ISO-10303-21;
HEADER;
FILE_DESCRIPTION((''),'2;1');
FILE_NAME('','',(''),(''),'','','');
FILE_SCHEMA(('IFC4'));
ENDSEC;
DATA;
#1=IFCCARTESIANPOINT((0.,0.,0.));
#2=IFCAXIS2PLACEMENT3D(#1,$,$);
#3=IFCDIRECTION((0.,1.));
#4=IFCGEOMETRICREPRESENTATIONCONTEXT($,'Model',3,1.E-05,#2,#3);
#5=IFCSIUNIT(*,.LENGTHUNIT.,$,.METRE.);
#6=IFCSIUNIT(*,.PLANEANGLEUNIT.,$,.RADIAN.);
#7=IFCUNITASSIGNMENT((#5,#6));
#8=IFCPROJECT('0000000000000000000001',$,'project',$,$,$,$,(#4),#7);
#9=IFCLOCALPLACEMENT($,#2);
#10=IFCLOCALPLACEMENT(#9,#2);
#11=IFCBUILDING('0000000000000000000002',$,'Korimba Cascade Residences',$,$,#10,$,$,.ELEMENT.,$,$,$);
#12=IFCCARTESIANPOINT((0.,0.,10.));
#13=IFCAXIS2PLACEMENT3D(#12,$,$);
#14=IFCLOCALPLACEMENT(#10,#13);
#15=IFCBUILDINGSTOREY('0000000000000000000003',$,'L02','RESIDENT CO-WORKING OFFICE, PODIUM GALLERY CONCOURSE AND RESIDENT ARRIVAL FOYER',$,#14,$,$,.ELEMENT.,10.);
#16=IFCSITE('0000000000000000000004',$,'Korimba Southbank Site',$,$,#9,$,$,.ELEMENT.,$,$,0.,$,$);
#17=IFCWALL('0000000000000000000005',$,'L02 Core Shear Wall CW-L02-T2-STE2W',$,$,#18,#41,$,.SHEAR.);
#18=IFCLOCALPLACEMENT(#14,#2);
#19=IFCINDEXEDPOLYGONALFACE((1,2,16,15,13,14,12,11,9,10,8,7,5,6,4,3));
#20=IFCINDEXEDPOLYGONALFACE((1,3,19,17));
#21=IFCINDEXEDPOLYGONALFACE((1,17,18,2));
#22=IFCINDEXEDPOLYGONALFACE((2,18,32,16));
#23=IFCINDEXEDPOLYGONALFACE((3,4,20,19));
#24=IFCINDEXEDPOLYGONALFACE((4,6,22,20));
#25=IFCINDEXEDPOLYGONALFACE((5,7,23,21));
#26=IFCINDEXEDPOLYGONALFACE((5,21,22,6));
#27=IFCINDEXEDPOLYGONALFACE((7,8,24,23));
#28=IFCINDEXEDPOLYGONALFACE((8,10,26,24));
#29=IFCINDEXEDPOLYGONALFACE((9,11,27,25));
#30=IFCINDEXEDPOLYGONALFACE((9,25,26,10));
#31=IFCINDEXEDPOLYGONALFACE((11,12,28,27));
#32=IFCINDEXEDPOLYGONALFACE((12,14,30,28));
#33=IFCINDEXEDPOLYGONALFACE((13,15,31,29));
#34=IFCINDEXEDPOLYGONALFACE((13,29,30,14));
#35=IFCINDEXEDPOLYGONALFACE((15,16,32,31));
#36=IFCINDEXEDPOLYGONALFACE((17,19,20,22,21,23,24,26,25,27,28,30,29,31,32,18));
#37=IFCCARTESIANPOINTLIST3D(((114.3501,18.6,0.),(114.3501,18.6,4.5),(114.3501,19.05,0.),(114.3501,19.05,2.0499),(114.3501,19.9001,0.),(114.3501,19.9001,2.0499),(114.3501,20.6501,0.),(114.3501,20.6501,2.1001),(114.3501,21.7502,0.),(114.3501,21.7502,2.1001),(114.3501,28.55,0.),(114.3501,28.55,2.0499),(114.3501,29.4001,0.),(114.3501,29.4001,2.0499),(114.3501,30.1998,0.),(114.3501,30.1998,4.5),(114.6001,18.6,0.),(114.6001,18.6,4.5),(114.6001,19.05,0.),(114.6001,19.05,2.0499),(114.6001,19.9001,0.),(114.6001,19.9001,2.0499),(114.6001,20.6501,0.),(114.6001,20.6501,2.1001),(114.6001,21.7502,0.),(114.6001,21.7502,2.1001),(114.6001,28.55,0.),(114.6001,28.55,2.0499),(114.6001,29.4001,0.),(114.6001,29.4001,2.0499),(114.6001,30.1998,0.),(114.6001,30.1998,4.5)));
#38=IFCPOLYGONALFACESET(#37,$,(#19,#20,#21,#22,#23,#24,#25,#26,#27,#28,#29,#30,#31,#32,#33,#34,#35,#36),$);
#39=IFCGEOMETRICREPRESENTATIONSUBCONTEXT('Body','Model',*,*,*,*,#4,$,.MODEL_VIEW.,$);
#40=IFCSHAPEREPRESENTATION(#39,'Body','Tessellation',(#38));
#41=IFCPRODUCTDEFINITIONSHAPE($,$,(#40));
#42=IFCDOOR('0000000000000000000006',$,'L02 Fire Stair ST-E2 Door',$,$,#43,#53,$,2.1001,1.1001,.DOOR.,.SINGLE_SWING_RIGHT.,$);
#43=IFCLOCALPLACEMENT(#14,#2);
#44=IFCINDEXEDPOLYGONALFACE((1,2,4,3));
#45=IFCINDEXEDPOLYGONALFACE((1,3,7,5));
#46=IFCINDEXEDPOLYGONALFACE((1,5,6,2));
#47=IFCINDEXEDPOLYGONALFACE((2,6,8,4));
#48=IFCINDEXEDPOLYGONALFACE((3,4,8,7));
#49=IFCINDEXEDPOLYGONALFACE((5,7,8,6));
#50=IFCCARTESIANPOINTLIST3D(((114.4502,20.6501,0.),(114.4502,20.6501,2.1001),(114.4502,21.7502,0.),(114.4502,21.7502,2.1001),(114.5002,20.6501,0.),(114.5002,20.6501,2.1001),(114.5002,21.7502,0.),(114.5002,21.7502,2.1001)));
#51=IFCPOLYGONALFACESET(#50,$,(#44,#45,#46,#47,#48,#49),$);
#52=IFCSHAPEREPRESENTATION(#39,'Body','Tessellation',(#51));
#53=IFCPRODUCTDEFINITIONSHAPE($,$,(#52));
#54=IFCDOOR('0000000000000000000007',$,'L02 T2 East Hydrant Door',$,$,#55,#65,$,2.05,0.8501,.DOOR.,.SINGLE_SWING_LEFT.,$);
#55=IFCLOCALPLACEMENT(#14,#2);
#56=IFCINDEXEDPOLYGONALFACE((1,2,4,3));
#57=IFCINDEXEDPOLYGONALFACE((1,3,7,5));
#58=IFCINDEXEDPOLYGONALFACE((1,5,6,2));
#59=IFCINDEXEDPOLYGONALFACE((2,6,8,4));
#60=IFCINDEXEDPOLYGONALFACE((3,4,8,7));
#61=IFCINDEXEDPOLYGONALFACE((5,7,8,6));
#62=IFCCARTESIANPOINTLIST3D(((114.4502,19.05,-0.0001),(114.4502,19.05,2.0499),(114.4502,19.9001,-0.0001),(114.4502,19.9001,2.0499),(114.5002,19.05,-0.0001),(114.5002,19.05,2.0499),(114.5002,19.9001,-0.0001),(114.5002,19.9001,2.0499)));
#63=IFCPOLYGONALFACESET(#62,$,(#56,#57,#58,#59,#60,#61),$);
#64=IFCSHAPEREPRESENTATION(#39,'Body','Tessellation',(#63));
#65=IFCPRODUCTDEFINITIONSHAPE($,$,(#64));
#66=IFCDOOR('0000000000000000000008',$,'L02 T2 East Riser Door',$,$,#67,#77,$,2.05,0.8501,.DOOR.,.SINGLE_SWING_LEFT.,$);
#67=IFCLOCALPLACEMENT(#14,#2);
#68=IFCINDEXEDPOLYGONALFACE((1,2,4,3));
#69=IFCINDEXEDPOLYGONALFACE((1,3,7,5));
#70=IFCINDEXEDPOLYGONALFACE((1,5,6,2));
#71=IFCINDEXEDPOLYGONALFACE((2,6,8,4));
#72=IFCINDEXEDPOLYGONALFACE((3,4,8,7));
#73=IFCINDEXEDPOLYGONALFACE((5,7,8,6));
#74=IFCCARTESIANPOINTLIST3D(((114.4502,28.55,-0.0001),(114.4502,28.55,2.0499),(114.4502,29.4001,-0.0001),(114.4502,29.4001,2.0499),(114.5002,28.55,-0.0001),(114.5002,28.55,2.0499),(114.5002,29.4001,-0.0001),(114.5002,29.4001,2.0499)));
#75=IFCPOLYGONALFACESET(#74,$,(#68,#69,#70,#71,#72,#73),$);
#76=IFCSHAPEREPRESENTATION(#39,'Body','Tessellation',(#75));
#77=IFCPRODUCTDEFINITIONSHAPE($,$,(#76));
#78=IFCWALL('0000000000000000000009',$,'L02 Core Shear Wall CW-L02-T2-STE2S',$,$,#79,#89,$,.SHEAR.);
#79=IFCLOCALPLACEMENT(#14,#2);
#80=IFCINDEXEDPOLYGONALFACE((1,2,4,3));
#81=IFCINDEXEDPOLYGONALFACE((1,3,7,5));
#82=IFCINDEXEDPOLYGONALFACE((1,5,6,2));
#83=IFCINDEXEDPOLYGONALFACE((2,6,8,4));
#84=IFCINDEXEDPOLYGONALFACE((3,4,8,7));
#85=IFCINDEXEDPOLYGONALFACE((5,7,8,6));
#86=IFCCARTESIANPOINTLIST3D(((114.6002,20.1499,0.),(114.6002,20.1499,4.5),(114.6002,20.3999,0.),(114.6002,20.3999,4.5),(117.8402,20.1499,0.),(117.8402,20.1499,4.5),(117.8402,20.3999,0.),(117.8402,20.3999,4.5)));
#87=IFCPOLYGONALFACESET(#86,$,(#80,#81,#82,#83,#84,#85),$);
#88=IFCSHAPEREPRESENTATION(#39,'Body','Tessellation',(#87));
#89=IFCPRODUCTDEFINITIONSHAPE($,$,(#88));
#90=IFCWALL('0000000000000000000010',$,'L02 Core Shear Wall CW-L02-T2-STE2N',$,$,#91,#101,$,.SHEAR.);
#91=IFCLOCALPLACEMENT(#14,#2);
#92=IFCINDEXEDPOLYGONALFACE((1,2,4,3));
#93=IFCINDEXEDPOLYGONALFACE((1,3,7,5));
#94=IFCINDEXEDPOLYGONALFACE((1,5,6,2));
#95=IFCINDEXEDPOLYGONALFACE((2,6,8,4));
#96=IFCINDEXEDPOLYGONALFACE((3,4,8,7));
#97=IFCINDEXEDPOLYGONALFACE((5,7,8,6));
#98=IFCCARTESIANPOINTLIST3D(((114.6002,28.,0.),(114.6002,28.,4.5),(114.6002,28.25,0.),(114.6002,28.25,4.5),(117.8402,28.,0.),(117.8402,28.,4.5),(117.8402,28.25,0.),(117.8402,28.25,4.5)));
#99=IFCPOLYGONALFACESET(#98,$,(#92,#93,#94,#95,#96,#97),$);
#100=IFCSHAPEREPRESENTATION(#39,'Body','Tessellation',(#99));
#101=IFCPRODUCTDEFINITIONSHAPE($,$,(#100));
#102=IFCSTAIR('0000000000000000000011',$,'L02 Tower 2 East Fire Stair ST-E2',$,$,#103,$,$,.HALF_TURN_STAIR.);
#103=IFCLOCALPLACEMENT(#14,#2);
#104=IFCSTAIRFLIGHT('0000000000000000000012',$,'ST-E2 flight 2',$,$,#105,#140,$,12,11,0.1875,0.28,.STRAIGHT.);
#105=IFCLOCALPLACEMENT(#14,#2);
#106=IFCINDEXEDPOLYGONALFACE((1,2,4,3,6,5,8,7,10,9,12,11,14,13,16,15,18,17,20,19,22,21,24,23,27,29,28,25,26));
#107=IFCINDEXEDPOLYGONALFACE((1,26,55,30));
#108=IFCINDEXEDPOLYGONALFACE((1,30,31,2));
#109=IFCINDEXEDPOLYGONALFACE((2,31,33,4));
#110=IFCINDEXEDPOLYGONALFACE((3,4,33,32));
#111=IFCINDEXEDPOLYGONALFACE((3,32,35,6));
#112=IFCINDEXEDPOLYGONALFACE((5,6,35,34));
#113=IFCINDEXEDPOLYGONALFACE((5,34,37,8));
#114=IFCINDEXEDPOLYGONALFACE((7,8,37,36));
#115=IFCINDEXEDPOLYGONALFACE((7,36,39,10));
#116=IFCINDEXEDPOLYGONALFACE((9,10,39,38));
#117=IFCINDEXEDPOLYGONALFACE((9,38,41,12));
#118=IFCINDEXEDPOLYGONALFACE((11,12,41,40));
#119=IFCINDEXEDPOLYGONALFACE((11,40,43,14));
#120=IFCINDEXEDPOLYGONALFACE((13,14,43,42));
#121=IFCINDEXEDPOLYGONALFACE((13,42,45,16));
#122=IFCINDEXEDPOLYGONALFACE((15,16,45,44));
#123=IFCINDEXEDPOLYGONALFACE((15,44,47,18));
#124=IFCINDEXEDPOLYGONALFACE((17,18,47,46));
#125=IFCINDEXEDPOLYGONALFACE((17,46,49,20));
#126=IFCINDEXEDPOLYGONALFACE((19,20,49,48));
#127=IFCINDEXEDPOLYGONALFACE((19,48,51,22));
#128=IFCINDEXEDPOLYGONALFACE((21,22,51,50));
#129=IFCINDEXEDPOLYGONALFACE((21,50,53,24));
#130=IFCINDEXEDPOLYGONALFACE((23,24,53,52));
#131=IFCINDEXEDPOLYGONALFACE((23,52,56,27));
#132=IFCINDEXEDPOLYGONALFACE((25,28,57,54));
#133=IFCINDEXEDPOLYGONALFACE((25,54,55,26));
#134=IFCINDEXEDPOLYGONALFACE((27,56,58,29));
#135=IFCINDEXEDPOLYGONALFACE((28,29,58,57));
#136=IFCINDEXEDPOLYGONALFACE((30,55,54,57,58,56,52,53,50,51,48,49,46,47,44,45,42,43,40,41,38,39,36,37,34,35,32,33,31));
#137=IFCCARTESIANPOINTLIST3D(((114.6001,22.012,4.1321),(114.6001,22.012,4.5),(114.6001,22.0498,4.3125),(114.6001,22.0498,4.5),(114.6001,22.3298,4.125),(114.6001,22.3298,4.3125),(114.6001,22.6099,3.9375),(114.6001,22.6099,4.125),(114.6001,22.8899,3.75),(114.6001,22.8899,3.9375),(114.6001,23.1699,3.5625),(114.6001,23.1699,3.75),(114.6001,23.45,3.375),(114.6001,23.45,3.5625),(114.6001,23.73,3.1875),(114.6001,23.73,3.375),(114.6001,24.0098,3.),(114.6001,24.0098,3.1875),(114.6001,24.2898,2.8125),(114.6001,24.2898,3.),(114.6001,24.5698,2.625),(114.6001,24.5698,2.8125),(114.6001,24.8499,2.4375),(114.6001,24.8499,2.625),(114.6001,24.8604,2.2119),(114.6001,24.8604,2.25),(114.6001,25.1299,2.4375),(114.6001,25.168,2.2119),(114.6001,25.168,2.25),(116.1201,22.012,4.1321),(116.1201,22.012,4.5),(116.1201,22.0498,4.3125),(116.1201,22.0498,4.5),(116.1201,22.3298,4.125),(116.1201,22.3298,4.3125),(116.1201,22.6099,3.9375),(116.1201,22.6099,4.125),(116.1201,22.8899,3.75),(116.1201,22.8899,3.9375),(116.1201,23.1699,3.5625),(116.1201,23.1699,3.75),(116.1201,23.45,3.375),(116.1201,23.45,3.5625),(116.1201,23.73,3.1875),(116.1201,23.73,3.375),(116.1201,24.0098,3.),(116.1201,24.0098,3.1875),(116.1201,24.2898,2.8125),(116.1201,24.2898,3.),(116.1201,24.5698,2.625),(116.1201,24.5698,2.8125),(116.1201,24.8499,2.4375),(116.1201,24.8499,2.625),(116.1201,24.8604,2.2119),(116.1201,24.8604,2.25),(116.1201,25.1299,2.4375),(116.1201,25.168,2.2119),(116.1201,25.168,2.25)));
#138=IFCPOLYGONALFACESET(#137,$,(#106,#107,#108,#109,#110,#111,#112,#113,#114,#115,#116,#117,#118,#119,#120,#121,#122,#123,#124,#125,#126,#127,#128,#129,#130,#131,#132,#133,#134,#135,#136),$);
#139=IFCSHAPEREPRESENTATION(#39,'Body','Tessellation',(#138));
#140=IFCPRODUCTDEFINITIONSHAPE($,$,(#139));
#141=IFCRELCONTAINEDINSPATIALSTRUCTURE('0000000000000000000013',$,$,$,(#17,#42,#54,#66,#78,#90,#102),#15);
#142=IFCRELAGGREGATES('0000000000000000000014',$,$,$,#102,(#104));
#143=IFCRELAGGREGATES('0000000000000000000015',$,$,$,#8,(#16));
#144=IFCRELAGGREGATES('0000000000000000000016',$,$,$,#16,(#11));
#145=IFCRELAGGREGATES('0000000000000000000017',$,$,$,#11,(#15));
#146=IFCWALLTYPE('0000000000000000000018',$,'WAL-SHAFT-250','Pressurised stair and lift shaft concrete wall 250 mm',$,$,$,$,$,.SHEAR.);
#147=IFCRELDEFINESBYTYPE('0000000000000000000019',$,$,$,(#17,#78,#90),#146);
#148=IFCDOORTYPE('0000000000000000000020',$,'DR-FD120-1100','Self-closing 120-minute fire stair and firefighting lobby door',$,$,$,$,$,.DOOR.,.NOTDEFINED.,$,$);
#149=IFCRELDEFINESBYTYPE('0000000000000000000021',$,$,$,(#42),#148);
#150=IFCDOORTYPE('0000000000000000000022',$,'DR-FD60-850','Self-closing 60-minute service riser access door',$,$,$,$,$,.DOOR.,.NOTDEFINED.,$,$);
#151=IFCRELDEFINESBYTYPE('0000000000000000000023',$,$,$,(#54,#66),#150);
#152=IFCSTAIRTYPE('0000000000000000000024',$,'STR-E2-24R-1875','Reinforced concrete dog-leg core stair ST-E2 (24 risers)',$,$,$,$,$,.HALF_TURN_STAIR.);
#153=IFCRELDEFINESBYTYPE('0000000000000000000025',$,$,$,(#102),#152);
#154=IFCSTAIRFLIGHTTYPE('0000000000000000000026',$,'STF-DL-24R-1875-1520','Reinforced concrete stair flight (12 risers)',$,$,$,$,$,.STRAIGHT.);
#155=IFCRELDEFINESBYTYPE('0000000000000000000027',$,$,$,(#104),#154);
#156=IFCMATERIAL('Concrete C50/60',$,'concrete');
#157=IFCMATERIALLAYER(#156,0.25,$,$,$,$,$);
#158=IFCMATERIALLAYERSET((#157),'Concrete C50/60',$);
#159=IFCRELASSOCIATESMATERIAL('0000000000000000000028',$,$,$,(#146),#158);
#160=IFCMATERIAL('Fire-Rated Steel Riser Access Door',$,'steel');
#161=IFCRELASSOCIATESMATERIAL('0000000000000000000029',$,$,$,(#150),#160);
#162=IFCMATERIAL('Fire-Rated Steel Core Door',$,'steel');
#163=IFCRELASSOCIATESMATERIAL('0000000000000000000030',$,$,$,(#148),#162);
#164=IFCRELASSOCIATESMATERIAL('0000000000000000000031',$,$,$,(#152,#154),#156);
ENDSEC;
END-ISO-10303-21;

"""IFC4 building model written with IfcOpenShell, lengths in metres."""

from ifc_helpers import new_model, si_unit, direction, frame, frame_2d, origin, place, context, subcontext, project, spatial, polyline, rectangle, outline, extrude, material, layer, layer_set, type_object, element, fill, aggregate, save


model = new_model("IFC4")

# Units and contexts
model_context = context("Model", 3, precision=1e-05, world=origin(), true_north=direction((0.0, 1.0)))
body_context = subcontext(model_context, "Body", "Model", "MODEL_VIEW")
ifc_project = project(units=[si_unit("LENGTHUNIT", "METRE"), si_unit("PLANEANGLEUNIT", "RADIAN")], contexts=[model_context])

# Site, building, storey
site_placement = place(None, origin())
site = spatial("IfcSite", under=ifc_project, at=site_placement, Name="Korimba Southbank Site", CompositionType="ELEMENT", RefElevation=0.0)
building_placement = place(site_placement, origin())
building = spatial("IfcBuilding", under=site, at=building_placement, Name="Korimba Cascade Residences", CompositionType="ELEMENT")
storey_placement = place(building_placement, frame((0.0, 0.0, 10.0)))
storey = spatial("IfcBuildingStorey", under=building, at=storey_placement, Name="L02", Description="RESIDENT CO-WORKING OFFICE, PODIUM GALLERY CONCOURSE AND RESIDENT ARRIVAL FOYER", CompositionType="ELEMENT", Elevation=10.0)

# Shared definitions
ifc_material_1 = material(Name="Concrete C50/60", Category="concrete")

# Shared definitions
ifc_layer_1 = layer(ifc_material_1, 0.25)
ifc_layer_set_1 = layer_set([ifc_layer_1], Name="Concrete C50/60")
wall_type_1 = type_object("IfcWallType", Name="WAL-SHAFT-250", Description="Pressurised stair and lift shaft concrete wall 250 mm", PredefinedType="SHEAR", material=ifc_layer_set_1)

# Shared definitions
ifc_material_2 = material(Name="Fire-Rated Steel Riser Access Door", Category="steel")
door_type_1 = type_object("IfcDoorType", Name="DR-FD60-850", Description="Self-closing 60-minute service riser access door", OperationType="NOTDEFINED", PredefinedType="DOOR", material=ifc_material_2)

# Wall, openings, doors
wall_1_placement = place(storey_placement, frame((114.4751, 18.6001, 0.0), z_axis=(0.0, 0.0, 1.0), x_axis=(0.0, 1.0, 0.0)))
wall_1 = element("IfcWall", 1, at=wall_1_placement, inside=storey, type_object=wall_type_1, Name="L02 Core Shear Wall CW-L02-T2-STE2W", PredefinedType="SHEAR", context=body_context, shape_type="SweptSolid", body=[
    extrude(rectangle(XDim=11.5999, YDim=0.25, at=frame_2d((5.7998, 0.0))), origin(), (0.0, 0.0, 1.0), 4.5),
])
opening_1_placement = place(wall_1_placement, frame((0.45, 0.0, 0.0)))
opening_1 = element("IfcOpeningElement", 2, at=opening_1_placement, cuts=wall_1, PredefinedType="OPENING", context=body_context, shape_type="SweptSolid", body=[
    extrude(rectangle(XDim=0.8501, YDim=2.05, at=frame_2d((0.425, 1.0249))), frame((0.0, 0.135, 0.0), z_axis=(0.0, -1.0, 0.0), x_axis=(1.0, 0.0, 0.0)), (0.0, 0.0, 1.0), 0.27),
])
opening_2_placement = place(wall_1_placement, frame((2.05, 0.0, 0.0)))
opening_2 = element("IfcOpeningElement", 3, at=opening_2_placement, cuts=wall_1, PredefinedType="OPENING", context=body_context, shape_type="SweptSolid", body=[
    extrude(rectangle(XDim=1.1001, YDim=2.1001, at=frame_2d((0.55, 1.05))), frame((0.0, 0.135, 0.0), z_axis=(0.0, -1.0, 0.0), x_axis=(1.0, 0.0, 0.0)), (0.0, 0.0, 1.0), 0.27),
])
opening_3_placement = place(wall_1_placement, frame((9.95, 0.0, 0.0)))
opening_3 = element("IfcOpeningElement", 4, at=opening_3_placement, cuts=wall_1, PredefinedType="OPENING", context=body_context, shape_type="SweptSolid", body=[
    extrude(rectangle(XDim=0.8501, YDim=2.05, at=frame_2d((0.425, 1.0249))), frame((0.0, 0.135, 0.0), z_axis=(0.0, -1.0, 0.0), x_axis=(1.0, 0.0, 0.0)), (0.0, 0.0, 1.0), 0.27),
])
ifc_material_3 = material(Name="Fire-Rated Steel Core Door", Category="steel")
door_type_2 = type_object("IfcDoorType", Name="DR-FD120-1100", Description="Self-closing 120-minute fire stair and firefighting lobby door", OperationType="NOTDEFINED", PredefinedType="DOOR", material=ifc_material_3)
door_1_placement = place(opening_2_placement, origin())
door_1 = element("IfcDoor", 5, at=door_1_placement, inside=storey, type_object=door_type_2, Name="L02 Fire Stair ST-E2 Door", OperationType="SINGLE_SWING_RIGHT", OverallHeight=2.1001, OverallWidth=1.1001, PredefinedType="DOOR", context=body_context, shape_type="SweptSolid", body=[
    extrude(rectangle(XDim=1.1001, YDim=2.1001, at=frame_2d((0.55, 1.05))), frame((0.0, 0.0249, 0.0), z_axis=(0.0, -1.0, 0.0), x_axis=(1.0, 0.0, 0.0)), (0.0, 0.0, 1.0), 0.05),
])
fill(opening_2, door_1)
door_2_placement = place(opening_1_placement, origin())
door_2 = element("IfcDoor", 6, at=door_2_placement, inside=storey, type_object=door_type_1, Name="L02 T2 East Hydrant Door", OperationType="SINGLE_SWING_LEFT", OverallHeight=2.05, OverallWidth=0.8501, PredefinedType="DOOR", context=body_context, shape_type="SweptSolid", body=[
    extrude(rectangle(XDim=0.8501, YDim=2.05, at=frame_2d((0.425, 1.0249))), frame((0.0, 0.0249, 0.0), z_axis=(0.0, -1.0, 0.0), x_axis=(1.0, 0.0, 0.0)), (0.0, 0.0, 1.0), 0.05),
])
fill(opening_1, door_2)
door_3_placement = place(opening_3_placement, origin())
door_3 = element("IfcDoor", 7, at=door_3_placement, inside=storey, type_object=door_type_1, Name="L02 T2 East Riser Door", OperationType="SINGLE_SWING_LEFT", OverallHeight=2.05, OverallWidth=0.8501, PredefinedType="DOOR", context=body_context, shape_type="SweptSolid", body=[
    extrude(rectangle(XDim=0.8501, YDim=2.05, at=frame_2d((0.425, 1.0249))), frame((0.0, 0.0249, 0.0), z_axis=(0.0, -1.0, 0.0), x_axis=(1.0, 0.0, 0.0)), (0.0, 0.0, 1.0), 0.05),
])
fill(opening_3, door_3)

# Walls
for number, where, z_axis, x_axis, name in (
    (8, (114.6001, 20.2749, 0.0), (0.0, 0.0, 1.0), (1.0, 0.0, 0.0), "L02 Core Shear Wall CW-L02-T2-STE2S"),
    (9, (114.6001, 28.125, 0.0), (0.0, 0.0, 1.0), (1.0, 0.0, 0.0), "L02 Core Shear Wall CW-L02-T2-STE2N"),
):
    element("IfcWall", number, at=place(storey_placement, frame(where, z_axis=z_axis, x_axis=x_axis)), inside=storey, type_object=wall_type_1, Name=name, PredefinedType="SHEAR", context=body_context, shape_type="SweptSolid", body=[
        extrude(rectangle(XDim=3.24, YDim=0.25, at=frame_2d((1.6201, 0.0))), origin(), (0.0, 0.0, 1.0), 4.5),
    ])

# Stair, stair flight
stair_type = type_object("IfcStairType", Name="STR-E2-24R-1875", Description="Reinforced concrete dog-leg core stair ST-E2 (24 risers)", PredefinedType="HALF_TURN_STAIR", material=ifc_material_1)
stair_placement = place(storey_placement, origin())
stair = element("IfcStair", 10, at=stair_placement, inside=storey, type_object=stair_type, Name="L02 Tower 2 East Fire Stair ST-E2", PredefinedType="HALF_TURN_STAIR")
stair_flight_type = type_object("IfcStairFlightType", Name="STF-DL-24R-1875-1520", Description="Reinforced concrete stair flight (12 risers)", PredefinedType="STRAIGHT", material=ifc_material_1)
stair_flight_placement = place(storey_placement, frame((115.3601, 25.1299, 2.25), z_axis=(0.0, 0.0, 1.0), x_axis=(0.0, -1.0, 0.0)))
stair_flight = element("IfcStairFlight", 11, at=stair_flight_placement, type_object=stair_flight_type, Name="ST-E2 flight 2", NumberOfRisers=12, NumberOfTreads=11, PredefinedType="STRAIGHT", RiserHeight=0.1875, TreadLength=0.28, context=body_context, shape_type="SweptSolid", body=[
    extrude(outline(polyline([(-0.0381, 0.0), (0.0, 0.1875), (0.28, 0.1875), (0.28, 0.375), (0.5601, 0.375), (0.5601, 0.5625), (0.8401, 0.5625), (0.8401, 0.75), (1.1201, 0.75), (1.1201, 0.9375), (1.3999, 0.9375), (1.3999, 1.125), (1.6799, 1.125), (1.6799, 1.3125), (1.96, 1.3125), (1.96, 1.5), (2.24, 1.5), (2.24, 1.6875), (2.52, 1.6875), (2.52, 1.875), (2.8, 1.875), (2.8, 2.0625), (3.0801, 2.0625), (3.0801, 2.25), (3.1179, 2.25), (3.1179, 1.8821), (0.2695, 0.0), (0.2695, -0.0381), (-0.0381, -0.0381), (-0.0381, 0.0)])), frame((0.0, 0.76, 0.0), z_axis=(0.0, -1.0, 0.0), x_axis=(1.0, 0.0, 0.0)), (0.0, 0.0, 1.0), 1.52),
])
aggregate(stair, [stair_flight])

save(model, "model.ifc")
